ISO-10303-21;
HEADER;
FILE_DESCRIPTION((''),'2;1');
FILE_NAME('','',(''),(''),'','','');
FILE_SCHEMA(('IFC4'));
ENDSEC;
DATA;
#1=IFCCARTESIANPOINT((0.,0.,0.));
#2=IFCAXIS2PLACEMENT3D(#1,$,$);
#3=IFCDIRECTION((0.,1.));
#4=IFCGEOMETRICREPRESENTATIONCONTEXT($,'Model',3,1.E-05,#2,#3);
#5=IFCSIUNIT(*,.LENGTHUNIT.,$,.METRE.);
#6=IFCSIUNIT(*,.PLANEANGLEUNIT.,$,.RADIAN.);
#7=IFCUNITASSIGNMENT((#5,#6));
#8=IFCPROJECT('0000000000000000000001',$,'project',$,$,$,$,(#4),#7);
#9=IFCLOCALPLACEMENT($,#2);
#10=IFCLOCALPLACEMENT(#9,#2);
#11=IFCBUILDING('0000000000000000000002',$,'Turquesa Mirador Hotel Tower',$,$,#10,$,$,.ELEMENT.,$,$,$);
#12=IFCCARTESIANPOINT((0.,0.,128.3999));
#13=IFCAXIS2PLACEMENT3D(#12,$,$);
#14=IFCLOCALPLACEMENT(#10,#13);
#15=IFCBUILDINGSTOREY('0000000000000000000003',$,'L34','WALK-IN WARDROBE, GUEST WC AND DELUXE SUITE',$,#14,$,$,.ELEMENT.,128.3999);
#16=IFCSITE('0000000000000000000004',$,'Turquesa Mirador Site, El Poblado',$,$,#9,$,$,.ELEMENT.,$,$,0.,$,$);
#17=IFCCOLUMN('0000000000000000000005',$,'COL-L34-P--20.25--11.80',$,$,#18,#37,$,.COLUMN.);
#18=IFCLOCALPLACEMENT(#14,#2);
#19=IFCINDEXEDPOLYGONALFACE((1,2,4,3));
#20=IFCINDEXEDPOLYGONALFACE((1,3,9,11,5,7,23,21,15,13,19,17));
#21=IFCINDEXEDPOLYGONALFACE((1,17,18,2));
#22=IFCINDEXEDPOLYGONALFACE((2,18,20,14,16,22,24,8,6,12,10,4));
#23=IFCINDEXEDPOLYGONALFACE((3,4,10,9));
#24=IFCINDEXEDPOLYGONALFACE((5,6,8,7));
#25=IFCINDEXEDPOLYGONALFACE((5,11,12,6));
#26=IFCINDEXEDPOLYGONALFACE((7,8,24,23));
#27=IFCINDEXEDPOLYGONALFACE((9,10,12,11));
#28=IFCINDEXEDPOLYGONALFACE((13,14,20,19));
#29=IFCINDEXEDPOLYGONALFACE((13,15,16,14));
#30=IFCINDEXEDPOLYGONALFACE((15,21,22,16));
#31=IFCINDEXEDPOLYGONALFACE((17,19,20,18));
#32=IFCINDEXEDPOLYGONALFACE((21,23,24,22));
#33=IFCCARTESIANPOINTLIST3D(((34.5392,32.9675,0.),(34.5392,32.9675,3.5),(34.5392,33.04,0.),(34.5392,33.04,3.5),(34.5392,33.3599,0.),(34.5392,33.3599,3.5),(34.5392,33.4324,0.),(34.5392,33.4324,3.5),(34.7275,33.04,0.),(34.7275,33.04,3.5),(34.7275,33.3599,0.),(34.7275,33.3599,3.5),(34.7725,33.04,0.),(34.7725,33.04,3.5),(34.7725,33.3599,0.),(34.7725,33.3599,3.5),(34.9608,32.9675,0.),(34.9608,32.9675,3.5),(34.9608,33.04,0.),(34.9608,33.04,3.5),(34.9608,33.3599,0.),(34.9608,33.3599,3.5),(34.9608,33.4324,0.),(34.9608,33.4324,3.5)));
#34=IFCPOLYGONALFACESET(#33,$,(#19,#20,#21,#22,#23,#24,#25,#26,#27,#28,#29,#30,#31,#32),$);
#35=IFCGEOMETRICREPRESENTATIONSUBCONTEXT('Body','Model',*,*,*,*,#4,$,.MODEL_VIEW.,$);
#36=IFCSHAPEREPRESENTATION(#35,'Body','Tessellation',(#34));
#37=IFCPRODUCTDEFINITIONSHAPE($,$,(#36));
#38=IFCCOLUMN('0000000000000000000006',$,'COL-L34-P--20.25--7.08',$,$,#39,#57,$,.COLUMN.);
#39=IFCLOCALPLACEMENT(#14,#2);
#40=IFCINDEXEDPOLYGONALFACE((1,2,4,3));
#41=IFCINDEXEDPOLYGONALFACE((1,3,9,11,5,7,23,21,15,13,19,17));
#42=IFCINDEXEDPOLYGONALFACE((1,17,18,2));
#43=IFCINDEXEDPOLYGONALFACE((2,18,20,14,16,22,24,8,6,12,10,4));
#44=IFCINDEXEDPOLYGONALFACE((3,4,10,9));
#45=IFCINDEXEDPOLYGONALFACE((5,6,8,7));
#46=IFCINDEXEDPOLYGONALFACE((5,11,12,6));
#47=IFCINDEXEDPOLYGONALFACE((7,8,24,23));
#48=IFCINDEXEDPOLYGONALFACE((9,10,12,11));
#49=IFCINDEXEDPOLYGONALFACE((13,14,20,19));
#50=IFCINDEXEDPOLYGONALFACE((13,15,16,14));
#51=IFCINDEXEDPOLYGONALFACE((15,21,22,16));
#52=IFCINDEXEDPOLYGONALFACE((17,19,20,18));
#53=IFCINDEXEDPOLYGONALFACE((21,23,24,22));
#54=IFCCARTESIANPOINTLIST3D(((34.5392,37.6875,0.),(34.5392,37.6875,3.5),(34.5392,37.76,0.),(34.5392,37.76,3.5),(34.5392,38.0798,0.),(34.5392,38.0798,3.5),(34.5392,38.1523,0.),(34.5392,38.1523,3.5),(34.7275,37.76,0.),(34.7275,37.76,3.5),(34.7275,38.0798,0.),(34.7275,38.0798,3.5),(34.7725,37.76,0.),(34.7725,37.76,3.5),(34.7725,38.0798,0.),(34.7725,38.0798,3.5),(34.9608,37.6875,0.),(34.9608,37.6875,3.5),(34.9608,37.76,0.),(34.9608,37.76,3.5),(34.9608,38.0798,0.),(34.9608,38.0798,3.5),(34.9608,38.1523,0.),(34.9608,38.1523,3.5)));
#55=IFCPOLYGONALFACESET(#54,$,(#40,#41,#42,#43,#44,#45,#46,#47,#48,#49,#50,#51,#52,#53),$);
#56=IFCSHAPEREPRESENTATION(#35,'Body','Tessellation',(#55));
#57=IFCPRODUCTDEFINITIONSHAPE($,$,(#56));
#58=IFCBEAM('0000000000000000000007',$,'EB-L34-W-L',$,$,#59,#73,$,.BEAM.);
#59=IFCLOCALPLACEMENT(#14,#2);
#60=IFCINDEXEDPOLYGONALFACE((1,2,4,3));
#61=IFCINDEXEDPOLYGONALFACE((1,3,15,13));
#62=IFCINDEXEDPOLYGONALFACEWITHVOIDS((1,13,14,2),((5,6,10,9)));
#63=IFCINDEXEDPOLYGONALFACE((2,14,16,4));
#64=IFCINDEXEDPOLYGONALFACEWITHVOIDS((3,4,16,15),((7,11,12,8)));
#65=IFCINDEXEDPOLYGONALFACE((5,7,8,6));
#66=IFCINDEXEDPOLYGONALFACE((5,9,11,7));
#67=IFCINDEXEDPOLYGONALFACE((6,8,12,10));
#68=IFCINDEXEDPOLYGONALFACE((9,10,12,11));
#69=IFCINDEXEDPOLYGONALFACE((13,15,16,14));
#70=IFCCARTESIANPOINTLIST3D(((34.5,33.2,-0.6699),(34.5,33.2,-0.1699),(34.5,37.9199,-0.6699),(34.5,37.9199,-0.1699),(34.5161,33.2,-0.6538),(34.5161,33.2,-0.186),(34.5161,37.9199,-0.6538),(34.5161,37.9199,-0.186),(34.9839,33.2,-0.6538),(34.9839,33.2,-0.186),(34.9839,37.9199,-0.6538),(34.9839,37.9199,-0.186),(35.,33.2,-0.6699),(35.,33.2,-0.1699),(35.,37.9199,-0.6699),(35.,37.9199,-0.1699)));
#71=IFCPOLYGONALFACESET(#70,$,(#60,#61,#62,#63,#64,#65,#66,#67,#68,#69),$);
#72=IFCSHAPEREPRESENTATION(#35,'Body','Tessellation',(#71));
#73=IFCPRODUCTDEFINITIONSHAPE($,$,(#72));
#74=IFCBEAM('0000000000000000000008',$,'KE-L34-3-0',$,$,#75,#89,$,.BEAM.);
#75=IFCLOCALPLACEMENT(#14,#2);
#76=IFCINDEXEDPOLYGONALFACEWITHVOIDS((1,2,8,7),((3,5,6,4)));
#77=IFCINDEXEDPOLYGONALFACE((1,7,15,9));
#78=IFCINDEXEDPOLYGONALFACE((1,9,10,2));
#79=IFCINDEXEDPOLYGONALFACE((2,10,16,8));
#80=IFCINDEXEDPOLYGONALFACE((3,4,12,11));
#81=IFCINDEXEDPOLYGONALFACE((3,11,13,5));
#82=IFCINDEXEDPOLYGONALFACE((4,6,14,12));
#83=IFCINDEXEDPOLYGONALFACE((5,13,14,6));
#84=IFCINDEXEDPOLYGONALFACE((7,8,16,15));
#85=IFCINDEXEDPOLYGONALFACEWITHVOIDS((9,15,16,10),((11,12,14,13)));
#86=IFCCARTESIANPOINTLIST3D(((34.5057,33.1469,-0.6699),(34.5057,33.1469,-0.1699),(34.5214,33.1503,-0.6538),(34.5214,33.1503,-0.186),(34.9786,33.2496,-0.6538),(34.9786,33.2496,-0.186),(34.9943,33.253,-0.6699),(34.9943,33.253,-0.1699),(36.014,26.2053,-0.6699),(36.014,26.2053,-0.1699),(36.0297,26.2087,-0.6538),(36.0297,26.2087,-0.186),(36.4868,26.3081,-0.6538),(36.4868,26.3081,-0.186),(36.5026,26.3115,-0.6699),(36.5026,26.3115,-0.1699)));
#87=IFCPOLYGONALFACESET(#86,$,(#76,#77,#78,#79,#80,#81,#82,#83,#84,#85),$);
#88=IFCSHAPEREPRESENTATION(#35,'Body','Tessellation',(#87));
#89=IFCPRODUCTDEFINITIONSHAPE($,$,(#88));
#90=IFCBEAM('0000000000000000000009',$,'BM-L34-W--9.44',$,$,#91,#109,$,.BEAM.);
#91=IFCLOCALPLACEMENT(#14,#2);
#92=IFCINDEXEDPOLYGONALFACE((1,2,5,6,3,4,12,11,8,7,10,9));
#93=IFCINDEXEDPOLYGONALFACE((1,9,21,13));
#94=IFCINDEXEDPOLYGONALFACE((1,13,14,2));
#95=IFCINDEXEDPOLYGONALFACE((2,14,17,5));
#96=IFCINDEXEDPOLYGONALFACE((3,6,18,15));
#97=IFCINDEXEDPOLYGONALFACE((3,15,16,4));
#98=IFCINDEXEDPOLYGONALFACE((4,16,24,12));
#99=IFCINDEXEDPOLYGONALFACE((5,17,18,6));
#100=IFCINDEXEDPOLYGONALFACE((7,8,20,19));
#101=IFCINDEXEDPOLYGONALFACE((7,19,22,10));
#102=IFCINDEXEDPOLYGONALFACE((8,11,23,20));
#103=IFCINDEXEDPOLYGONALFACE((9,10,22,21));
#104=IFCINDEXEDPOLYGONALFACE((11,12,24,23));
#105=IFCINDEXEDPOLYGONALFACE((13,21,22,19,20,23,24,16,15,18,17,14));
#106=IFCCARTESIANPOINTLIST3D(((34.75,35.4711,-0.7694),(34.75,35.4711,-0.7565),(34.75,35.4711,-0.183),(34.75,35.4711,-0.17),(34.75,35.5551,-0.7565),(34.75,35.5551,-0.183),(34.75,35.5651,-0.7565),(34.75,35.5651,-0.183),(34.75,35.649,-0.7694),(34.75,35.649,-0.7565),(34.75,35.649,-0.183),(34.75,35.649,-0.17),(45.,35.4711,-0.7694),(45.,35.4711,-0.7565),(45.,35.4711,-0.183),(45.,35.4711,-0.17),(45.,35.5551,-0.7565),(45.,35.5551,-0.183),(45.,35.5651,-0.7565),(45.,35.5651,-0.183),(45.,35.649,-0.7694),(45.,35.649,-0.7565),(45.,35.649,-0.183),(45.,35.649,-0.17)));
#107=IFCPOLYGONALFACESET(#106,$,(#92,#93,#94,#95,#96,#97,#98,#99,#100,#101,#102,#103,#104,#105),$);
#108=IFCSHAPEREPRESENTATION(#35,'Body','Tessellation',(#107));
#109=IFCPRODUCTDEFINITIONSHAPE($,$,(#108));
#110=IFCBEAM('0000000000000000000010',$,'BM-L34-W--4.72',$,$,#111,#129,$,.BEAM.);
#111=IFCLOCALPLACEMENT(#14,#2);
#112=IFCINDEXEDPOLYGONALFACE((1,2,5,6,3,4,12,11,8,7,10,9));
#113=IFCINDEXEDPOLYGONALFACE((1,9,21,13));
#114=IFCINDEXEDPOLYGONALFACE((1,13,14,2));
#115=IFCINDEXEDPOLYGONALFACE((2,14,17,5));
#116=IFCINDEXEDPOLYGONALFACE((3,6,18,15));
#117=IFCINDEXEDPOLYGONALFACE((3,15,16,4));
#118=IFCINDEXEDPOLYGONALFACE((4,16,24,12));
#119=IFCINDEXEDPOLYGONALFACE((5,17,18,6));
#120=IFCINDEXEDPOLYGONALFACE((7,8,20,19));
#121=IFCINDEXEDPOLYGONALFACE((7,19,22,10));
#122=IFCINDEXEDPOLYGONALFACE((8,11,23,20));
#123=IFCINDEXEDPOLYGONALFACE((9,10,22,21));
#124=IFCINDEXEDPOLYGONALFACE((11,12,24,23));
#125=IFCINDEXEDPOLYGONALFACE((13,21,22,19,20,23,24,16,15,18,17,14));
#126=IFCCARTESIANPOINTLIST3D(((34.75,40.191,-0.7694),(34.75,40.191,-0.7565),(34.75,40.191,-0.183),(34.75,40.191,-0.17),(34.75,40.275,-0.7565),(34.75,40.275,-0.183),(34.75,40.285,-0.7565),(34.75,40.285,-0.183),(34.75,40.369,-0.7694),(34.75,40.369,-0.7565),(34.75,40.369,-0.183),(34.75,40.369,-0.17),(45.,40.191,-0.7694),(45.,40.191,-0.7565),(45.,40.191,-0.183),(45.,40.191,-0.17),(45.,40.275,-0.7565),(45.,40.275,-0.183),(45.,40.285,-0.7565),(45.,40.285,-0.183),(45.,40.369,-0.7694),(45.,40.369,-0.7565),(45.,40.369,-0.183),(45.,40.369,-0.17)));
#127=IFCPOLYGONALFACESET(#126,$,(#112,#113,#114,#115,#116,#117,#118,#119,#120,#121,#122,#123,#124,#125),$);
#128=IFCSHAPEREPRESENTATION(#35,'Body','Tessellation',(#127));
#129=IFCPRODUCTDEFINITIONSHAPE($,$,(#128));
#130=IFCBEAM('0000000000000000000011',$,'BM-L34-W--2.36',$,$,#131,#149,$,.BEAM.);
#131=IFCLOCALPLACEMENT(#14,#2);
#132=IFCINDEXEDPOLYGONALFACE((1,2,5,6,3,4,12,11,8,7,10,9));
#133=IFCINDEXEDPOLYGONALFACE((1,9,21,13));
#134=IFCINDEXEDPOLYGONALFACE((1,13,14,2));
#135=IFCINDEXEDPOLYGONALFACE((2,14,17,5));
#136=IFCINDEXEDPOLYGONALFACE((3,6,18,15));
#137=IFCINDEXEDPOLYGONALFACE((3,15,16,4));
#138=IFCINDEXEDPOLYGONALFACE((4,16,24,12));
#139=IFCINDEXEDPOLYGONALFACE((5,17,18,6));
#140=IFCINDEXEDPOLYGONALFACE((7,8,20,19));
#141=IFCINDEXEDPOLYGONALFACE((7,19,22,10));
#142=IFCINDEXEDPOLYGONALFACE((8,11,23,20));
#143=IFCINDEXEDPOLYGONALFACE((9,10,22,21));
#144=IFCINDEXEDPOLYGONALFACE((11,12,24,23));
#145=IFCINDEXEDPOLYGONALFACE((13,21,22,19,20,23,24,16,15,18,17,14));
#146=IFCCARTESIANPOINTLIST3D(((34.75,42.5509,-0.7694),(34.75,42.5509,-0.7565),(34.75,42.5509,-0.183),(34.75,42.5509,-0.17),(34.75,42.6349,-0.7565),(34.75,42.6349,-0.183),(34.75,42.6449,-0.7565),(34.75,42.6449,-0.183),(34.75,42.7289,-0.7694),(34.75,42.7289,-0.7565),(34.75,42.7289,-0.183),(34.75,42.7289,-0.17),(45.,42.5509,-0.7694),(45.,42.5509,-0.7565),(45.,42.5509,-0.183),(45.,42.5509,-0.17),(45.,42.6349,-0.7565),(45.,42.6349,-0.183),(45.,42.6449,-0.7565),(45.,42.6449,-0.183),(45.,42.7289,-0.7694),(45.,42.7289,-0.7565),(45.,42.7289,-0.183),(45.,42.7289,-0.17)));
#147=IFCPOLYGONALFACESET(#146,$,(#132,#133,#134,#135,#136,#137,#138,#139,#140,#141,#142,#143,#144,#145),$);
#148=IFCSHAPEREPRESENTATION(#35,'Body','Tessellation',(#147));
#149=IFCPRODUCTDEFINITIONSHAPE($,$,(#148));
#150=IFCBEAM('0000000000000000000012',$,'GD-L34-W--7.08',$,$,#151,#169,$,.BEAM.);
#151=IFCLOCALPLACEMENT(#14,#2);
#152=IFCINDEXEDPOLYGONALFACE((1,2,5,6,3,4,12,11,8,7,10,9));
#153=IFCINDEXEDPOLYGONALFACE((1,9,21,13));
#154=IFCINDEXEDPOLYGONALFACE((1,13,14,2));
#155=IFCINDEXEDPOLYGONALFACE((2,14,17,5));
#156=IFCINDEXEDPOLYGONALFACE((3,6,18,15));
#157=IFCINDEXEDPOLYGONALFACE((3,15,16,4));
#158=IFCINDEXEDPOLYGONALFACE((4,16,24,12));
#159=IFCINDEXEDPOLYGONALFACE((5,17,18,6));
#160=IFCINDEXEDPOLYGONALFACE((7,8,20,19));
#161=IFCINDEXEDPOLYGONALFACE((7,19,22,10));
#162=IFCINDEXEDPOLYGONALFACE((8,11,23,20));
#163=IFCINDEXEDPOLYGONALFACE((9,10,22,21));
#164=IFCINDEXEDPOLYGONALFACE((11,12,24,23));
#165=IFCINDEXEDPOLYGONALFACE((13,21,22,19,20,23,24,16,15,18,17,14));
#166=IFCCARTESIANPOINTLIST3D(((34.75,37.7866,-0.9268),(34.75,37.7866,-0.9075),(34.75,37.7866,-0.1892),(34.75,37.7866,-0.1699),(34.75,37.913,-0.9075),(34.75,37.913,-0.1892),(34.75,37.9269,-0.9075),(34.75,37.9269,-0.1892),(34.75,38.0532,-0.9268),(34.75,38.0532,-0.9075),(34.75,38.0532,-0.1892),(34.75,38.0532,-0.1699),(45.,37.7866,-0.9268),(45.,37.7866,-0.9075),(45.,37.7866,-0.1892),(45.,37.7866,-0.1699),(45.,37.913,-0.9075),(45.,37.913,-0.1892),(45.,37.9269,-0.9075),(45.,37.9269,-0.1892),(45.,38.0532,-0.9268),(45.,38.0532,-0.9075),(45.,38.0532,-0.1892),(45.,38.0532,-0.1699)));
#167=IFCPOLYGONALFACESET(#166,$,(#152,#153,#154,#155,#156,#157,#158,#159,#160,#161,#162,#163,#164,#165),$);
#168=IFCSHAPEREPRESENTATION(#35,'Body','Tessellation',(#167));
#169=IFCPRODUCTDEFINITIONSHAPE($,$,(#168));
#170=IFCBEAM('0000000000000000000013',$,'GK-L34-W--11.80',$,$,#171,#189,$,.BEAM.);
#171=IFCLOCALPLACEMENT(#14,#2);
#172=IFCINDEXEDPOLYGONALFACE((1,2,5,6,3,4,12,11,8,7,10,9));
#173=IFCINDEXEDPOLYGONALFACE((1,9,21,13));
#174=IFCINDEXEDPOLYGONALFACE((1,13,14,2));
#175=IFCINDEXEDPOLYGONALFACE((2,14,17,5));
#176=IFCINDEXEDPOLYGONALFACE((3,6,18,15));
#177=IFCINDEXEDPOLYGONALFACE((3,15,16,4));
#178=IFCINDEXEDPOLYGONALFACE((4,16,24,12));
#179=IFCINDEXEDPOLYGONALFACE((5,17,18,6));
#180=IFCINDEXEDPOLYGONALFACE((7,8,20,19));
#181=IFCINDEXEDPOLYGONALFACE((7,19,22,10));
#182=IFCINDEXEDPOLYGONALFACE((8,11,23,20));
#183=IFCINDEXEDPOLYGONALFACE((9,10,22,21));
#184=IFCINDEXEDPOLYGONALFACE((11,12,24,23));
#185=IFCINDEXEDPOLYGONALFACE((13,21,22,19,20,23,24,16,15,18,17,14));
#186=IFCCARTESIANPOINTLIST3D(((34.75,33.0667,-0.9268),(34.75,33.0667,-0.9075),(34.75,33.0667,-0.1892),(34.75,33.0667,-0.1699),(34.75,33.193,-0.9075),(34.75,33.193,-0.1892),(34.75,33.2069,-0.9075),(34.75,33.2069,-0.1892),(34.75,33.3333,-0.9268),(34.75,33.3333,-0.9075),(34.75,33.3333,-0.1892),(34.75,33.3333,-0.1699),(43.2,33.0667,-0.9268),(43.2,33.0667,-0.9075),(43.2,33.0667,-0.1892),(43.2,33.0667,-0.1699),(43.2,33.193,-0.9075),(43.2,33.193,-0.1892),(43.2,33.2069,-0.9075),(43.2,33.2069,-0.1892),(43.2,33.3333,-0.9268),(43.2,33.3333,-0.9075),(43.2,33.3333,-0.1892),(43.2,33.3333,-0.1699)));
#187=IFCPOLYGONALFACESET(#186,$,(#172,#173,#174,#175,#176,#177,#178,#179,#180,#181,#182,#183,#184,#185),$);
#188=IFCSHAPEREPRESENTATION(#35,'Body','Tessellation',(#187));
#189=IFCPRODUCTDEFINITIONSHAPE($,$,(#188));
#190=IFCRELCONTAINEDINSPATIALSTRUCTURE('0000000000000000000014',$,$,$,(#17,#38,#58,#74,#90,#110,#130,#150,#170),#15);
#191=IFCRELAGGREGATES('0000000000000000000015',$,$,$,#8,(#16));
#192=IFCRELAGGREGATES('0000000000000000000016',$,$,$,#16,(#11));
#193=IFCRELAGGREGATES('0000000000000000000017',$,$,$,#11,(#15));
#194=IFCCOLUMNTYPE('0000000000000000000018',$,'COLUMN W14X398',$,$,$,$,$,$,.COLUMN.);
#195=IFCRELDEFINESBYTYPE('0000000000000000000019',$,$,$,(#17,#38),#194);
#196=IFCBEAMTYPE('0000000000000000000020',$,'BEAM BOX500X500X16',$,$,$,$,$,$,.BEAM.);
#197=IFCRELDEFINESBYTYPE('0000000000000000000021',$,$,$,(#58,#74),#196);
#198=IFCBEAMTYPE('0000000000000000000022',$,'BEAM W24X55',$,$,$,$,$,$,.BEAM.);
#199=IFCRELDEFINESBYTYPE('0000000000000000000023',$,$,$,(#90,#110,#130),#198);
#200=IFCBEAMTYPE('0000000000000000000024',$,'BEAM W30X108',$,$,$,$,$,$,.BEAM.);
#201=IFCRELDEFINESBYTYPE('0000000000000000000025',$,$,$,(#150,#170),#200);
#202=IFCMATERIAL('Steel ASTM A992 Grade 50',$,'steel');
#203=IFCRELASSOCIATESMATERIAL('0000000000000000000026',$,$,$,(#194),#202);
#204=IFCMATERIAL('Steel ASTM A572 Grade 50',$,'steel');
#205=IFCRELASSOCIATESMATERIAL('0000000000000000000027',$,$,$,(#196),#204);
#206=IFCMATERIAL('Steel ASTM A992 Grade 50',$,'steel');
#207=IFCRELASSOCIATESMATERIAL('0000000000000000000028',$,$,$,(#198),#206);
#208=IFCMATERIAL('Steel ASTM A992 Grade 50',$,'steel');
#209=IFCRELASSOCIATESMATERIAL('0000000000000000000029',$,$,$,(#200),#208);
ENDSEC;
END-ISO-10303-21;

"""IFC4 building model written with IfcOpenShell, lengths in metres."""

from ifc_helpers import new_model, si_unit, direction, frame, origin, origin_2d, place, context, subcontext, project, spatial, hollow_rectangle, i_section, extrude, material, material_profile, profile_set, type_object, element, save


model = new_model("IFC4")

# Units and contexts
model_context = context("Model", 3, precision=1e-05, world=origin(), true_north=direction((0.0, 1.0)))
body_context = subcontext(model_context, "Body", "Model", "MODEL_VIEW")
ifc_project = project(units=[si_unit("LENGTHUNIT", "METRE"), si_unit("PLANEANGLEUNIT", "RADIAN")], contexts=[model_context])

# Site, building, storey
site_placement = place(None, origin())
site = spatial("IfcSite", under=ifc_project, at=site_placement, Name="Turquesa Mirador Site, El Poblado", CompositionType="ELEMENT", RefElevation=0.0)
building_placement = place(site_placement, origin())
building = spatial("IfcBuilding", under=site, at=building_placement, Name="Turquesa Mirador Hotel Tower", CompositionType="ELEMENT")
storey_placement = place(building_placement, frame((0.0, 0.0, 128.3999)))
storey = spatial("IfcBuildingStorey", under=building, at=storey_placement, Name="L34", Description="WALK-IN WARDROBE, GUEST WC AND DELUXE SUITE", CompositionType="ELEMENT", Elevation=128.3999)

# Columns
ifc_material_1 = material(Name="Steel ASTM A992 Grade 50", Category="steel")
ifc_material_profile_1 = material_profile(ifc_material_1, i_section(OverallWidth=0.4216, OverallDepth=0.4648, WebThickness=0.0449, FlangeThickness=0.0725, at=origin_2d()), Name="W14X398")
ifc_profile_set_1 = profile_set([ifc_material_profile_1], Name="Steel ASTM A992 Grade 50")
column_type = type_object("IfcColumnType", Name="COLUMN W14X398", PredefinedType="COLUMN", material=ifc_profile_set_1)
for number, where, z_axis, x_axis, name in (
    (1, (34.75, 33.2, 0.0), (0.0, 0.0, 1.0), (1.0, 0.0, 0.0), "COL-L34-P--20.25--11.80"),
    (2, (34.75, 37.9199, 0.0), (0.0, 0.0, 1.0), (1.0, 0.0, 0.0), "COL-L34-P--20.25--7.08"),
):
    element("IfcColumn", number, at=place(storey_placement, frame(where, z_axis=z_axis, x_axis=x_axis)), inside=storey, type_object=column_type, Name=name, PredefinedType="COLUMN", context=body_context, shape_type="SweptSolid", body=[
        extrude(i_section(OverallWidth=0.4216, OverallDepth=0.4648, WebThickness=0.0449, FlangeThickness=0.0725, at=origin_2d()), origin(), (0.0, 0.0, 1.0), 3.5),
    ])

# Beams
ifc_material_2 = material(Name="Steel ASTM A572 Grade 50", Category="steel")
ifc_material_profile_2 = material_profile(ifc_material_2, hollow_rectangle(XDim=0.5, YDim=0.5, WallThickness=0.0161, at=origin_2d()), Name="BOX500X500X16")
ifc_profile_set_2 = profile_set([ifc_material_profile_2], Name="Steel ASTM A572 Grade 50")
beam_type_1 = type_object("IfcBeamType", Name="BEAM BOX500X500X16", PredefinedType="BEAM", material=ifc_profile_set_2)
beam_1_placement = place(storey_placement, frame((34.75, 33.2, -0.4199), z_axis=(0.0, 1.0, 0.0), x_axis=(-1.0, 0.0, 0.0)))
element("IfcBeam", 3, at=beam_1_placement, inside=storey, type_object=beam_type_1, Name="EB-L34-W-L", PredefinedType="BEAM", context=body_context, shape_type="SweptSolid", body=[
    extrude(hollow_rectangle(XDim=0.5, YDim=0.5, WallThickness=0.0161, at=origin_2d()), origin(), (0.0, 0.0, 1.0), 4.72),
])
beam_2_placement = place(storey_placement, frame((34.75, 33.2, -0.4199), z_axis=(0.212328, -0.977198, 0.0), x_axis=(0.977198, 0.212328, 0.0)))
element("IfcBeam", 4, at=beam_2_placement, inside=storey, type_object=beam_type_1, Name="KE-L34-3-0", PredefinedType="BEAM", context=body_context, shape_type="SweptSolid", body=[
    extrude(hollow_rectangle(XDim=0.5, YDim=0.5, WallThickness=0.0161, at=origin_2d()), origin(), (0.0, 0.0, 1.0), 7.1035),
])
ifc_material_3 = material(Name="Steel ASTM A992 Grade 50", Category="steel")
ifc_material_profile_3 = material_profile(ifc_material_3, i_section(OverallWidth=0.178, OverallDepth=0.5994, WebThickness=0.01, FlangeThickness=0.0129, at=origin_2d()), Name="W24X55")
ifc_profile_set_3 = profile_set([ifc_material_profile_3], Name="Steel ASTM A992 Grade 50")
beam_type_2 = type_object("IfcBeamType", Name="BEAM W24X55", PredefinedType="BEAM", material=ifc_profile_set_3)
for number, where, z_axis, x_axis, name in (
    (5, (34.75, 35.5601, -0.4697), (1.0, 0.0, 0.0), (0.0, 1.0, 0.0), "BM-L34-W--9.44"),
    (6, (34.75, 40.28, -0.4697), (1.0, 0.0, 0.0), (0.0, 1.0, 0.0), "BM-L34-W--4.72"),
    (7, (34.75, 42.6399, -0.4697), (1.0, 0.0, 0.0), (0.0, 1.0, 0.0), "BM-L34-W--2.36"),
):
    element("IfcBeam", number, at=place(storey_placement, frame(where, z_axis=z_axis, x_axis=x_axis)), inside=storey, type_object=beam_type_2, Name=name, PredefinedType="BEAM", context=body_context, shape_type="SweptSolid", body=[
        extrude(i_section(OverallWidth=0.178, OverallDepth=0.5994, WebThickness=0.01, FlangeThickness=0.0129, at=origin_2d()), origin(), (0.0, 0.0, 1.0), 10.25),
    ])
ifc_material_4 = material(Name="Steel ASTM A992 Grade 50", Category="steel")
ifc_material_profile_4 = material_profile(ifc_material_4, i_section(OverallWidth=0.2666, OverallDepth=0.7568, WebThickness=0.0139, FlangeThickness=0.0193, at=origin_2d()), Name="W30X108")
ifc_profile_set_4 = profile_set([ifc_material_profile_4], Name="Steel ASTM A992 Grade 50")
beam_type_3 = type_object("IfcBeamType", Name="BEAM W30X108", PredefinedType="BEAM", material=ifc_profile_set_4)
beam_3_placement = place(storey_placement, frame((34.75, 37.9199, -0.5483), z_axis=(1.0, 0.0, 0.0), x_axis=(0.0, 1.0, 0.0)))
element("IfcBeam", 8, at=beam_3_placement, inside=storey, type_object=beam_type_3, Name="GD-L34-W--7.08", PredefinedType="BEAM", context=body_context, shape_type="SweptSolid", body=[
    extrude(i_section(OverallWidth=0.2666, OverallDepth=0.7568, WebThickness=0.0139, FlangeThickness=0.0193, at=origin_2d()), origin(), (0.0, 0.0, 1.0), 10.25),
])
beam_4_placement = place(storey_placement, frame((34.75, 33.2, -0.5483), z_axis=(1.0, 0.0, 0.0), x_axis=(0.0, 1.0, 0.0)))
element("IfcBeam", 9, at=beam_4_placement, inside=storey, type_object=beam_type_3, Name="GK-L34-W--11.80", PredefinedType="BEAM", context=body_context, shape_type="SweptSolid", body=[
    extrude(i_section(OverallWidth=0.2666, OverallDepth=0.7568, WebThickness=0.0139, FlangeThickness=0.0193, at=origin_2d()), origin(), (0.0, 0.0, 1.0), 8.45),
])

save(model, "model.ifc")
